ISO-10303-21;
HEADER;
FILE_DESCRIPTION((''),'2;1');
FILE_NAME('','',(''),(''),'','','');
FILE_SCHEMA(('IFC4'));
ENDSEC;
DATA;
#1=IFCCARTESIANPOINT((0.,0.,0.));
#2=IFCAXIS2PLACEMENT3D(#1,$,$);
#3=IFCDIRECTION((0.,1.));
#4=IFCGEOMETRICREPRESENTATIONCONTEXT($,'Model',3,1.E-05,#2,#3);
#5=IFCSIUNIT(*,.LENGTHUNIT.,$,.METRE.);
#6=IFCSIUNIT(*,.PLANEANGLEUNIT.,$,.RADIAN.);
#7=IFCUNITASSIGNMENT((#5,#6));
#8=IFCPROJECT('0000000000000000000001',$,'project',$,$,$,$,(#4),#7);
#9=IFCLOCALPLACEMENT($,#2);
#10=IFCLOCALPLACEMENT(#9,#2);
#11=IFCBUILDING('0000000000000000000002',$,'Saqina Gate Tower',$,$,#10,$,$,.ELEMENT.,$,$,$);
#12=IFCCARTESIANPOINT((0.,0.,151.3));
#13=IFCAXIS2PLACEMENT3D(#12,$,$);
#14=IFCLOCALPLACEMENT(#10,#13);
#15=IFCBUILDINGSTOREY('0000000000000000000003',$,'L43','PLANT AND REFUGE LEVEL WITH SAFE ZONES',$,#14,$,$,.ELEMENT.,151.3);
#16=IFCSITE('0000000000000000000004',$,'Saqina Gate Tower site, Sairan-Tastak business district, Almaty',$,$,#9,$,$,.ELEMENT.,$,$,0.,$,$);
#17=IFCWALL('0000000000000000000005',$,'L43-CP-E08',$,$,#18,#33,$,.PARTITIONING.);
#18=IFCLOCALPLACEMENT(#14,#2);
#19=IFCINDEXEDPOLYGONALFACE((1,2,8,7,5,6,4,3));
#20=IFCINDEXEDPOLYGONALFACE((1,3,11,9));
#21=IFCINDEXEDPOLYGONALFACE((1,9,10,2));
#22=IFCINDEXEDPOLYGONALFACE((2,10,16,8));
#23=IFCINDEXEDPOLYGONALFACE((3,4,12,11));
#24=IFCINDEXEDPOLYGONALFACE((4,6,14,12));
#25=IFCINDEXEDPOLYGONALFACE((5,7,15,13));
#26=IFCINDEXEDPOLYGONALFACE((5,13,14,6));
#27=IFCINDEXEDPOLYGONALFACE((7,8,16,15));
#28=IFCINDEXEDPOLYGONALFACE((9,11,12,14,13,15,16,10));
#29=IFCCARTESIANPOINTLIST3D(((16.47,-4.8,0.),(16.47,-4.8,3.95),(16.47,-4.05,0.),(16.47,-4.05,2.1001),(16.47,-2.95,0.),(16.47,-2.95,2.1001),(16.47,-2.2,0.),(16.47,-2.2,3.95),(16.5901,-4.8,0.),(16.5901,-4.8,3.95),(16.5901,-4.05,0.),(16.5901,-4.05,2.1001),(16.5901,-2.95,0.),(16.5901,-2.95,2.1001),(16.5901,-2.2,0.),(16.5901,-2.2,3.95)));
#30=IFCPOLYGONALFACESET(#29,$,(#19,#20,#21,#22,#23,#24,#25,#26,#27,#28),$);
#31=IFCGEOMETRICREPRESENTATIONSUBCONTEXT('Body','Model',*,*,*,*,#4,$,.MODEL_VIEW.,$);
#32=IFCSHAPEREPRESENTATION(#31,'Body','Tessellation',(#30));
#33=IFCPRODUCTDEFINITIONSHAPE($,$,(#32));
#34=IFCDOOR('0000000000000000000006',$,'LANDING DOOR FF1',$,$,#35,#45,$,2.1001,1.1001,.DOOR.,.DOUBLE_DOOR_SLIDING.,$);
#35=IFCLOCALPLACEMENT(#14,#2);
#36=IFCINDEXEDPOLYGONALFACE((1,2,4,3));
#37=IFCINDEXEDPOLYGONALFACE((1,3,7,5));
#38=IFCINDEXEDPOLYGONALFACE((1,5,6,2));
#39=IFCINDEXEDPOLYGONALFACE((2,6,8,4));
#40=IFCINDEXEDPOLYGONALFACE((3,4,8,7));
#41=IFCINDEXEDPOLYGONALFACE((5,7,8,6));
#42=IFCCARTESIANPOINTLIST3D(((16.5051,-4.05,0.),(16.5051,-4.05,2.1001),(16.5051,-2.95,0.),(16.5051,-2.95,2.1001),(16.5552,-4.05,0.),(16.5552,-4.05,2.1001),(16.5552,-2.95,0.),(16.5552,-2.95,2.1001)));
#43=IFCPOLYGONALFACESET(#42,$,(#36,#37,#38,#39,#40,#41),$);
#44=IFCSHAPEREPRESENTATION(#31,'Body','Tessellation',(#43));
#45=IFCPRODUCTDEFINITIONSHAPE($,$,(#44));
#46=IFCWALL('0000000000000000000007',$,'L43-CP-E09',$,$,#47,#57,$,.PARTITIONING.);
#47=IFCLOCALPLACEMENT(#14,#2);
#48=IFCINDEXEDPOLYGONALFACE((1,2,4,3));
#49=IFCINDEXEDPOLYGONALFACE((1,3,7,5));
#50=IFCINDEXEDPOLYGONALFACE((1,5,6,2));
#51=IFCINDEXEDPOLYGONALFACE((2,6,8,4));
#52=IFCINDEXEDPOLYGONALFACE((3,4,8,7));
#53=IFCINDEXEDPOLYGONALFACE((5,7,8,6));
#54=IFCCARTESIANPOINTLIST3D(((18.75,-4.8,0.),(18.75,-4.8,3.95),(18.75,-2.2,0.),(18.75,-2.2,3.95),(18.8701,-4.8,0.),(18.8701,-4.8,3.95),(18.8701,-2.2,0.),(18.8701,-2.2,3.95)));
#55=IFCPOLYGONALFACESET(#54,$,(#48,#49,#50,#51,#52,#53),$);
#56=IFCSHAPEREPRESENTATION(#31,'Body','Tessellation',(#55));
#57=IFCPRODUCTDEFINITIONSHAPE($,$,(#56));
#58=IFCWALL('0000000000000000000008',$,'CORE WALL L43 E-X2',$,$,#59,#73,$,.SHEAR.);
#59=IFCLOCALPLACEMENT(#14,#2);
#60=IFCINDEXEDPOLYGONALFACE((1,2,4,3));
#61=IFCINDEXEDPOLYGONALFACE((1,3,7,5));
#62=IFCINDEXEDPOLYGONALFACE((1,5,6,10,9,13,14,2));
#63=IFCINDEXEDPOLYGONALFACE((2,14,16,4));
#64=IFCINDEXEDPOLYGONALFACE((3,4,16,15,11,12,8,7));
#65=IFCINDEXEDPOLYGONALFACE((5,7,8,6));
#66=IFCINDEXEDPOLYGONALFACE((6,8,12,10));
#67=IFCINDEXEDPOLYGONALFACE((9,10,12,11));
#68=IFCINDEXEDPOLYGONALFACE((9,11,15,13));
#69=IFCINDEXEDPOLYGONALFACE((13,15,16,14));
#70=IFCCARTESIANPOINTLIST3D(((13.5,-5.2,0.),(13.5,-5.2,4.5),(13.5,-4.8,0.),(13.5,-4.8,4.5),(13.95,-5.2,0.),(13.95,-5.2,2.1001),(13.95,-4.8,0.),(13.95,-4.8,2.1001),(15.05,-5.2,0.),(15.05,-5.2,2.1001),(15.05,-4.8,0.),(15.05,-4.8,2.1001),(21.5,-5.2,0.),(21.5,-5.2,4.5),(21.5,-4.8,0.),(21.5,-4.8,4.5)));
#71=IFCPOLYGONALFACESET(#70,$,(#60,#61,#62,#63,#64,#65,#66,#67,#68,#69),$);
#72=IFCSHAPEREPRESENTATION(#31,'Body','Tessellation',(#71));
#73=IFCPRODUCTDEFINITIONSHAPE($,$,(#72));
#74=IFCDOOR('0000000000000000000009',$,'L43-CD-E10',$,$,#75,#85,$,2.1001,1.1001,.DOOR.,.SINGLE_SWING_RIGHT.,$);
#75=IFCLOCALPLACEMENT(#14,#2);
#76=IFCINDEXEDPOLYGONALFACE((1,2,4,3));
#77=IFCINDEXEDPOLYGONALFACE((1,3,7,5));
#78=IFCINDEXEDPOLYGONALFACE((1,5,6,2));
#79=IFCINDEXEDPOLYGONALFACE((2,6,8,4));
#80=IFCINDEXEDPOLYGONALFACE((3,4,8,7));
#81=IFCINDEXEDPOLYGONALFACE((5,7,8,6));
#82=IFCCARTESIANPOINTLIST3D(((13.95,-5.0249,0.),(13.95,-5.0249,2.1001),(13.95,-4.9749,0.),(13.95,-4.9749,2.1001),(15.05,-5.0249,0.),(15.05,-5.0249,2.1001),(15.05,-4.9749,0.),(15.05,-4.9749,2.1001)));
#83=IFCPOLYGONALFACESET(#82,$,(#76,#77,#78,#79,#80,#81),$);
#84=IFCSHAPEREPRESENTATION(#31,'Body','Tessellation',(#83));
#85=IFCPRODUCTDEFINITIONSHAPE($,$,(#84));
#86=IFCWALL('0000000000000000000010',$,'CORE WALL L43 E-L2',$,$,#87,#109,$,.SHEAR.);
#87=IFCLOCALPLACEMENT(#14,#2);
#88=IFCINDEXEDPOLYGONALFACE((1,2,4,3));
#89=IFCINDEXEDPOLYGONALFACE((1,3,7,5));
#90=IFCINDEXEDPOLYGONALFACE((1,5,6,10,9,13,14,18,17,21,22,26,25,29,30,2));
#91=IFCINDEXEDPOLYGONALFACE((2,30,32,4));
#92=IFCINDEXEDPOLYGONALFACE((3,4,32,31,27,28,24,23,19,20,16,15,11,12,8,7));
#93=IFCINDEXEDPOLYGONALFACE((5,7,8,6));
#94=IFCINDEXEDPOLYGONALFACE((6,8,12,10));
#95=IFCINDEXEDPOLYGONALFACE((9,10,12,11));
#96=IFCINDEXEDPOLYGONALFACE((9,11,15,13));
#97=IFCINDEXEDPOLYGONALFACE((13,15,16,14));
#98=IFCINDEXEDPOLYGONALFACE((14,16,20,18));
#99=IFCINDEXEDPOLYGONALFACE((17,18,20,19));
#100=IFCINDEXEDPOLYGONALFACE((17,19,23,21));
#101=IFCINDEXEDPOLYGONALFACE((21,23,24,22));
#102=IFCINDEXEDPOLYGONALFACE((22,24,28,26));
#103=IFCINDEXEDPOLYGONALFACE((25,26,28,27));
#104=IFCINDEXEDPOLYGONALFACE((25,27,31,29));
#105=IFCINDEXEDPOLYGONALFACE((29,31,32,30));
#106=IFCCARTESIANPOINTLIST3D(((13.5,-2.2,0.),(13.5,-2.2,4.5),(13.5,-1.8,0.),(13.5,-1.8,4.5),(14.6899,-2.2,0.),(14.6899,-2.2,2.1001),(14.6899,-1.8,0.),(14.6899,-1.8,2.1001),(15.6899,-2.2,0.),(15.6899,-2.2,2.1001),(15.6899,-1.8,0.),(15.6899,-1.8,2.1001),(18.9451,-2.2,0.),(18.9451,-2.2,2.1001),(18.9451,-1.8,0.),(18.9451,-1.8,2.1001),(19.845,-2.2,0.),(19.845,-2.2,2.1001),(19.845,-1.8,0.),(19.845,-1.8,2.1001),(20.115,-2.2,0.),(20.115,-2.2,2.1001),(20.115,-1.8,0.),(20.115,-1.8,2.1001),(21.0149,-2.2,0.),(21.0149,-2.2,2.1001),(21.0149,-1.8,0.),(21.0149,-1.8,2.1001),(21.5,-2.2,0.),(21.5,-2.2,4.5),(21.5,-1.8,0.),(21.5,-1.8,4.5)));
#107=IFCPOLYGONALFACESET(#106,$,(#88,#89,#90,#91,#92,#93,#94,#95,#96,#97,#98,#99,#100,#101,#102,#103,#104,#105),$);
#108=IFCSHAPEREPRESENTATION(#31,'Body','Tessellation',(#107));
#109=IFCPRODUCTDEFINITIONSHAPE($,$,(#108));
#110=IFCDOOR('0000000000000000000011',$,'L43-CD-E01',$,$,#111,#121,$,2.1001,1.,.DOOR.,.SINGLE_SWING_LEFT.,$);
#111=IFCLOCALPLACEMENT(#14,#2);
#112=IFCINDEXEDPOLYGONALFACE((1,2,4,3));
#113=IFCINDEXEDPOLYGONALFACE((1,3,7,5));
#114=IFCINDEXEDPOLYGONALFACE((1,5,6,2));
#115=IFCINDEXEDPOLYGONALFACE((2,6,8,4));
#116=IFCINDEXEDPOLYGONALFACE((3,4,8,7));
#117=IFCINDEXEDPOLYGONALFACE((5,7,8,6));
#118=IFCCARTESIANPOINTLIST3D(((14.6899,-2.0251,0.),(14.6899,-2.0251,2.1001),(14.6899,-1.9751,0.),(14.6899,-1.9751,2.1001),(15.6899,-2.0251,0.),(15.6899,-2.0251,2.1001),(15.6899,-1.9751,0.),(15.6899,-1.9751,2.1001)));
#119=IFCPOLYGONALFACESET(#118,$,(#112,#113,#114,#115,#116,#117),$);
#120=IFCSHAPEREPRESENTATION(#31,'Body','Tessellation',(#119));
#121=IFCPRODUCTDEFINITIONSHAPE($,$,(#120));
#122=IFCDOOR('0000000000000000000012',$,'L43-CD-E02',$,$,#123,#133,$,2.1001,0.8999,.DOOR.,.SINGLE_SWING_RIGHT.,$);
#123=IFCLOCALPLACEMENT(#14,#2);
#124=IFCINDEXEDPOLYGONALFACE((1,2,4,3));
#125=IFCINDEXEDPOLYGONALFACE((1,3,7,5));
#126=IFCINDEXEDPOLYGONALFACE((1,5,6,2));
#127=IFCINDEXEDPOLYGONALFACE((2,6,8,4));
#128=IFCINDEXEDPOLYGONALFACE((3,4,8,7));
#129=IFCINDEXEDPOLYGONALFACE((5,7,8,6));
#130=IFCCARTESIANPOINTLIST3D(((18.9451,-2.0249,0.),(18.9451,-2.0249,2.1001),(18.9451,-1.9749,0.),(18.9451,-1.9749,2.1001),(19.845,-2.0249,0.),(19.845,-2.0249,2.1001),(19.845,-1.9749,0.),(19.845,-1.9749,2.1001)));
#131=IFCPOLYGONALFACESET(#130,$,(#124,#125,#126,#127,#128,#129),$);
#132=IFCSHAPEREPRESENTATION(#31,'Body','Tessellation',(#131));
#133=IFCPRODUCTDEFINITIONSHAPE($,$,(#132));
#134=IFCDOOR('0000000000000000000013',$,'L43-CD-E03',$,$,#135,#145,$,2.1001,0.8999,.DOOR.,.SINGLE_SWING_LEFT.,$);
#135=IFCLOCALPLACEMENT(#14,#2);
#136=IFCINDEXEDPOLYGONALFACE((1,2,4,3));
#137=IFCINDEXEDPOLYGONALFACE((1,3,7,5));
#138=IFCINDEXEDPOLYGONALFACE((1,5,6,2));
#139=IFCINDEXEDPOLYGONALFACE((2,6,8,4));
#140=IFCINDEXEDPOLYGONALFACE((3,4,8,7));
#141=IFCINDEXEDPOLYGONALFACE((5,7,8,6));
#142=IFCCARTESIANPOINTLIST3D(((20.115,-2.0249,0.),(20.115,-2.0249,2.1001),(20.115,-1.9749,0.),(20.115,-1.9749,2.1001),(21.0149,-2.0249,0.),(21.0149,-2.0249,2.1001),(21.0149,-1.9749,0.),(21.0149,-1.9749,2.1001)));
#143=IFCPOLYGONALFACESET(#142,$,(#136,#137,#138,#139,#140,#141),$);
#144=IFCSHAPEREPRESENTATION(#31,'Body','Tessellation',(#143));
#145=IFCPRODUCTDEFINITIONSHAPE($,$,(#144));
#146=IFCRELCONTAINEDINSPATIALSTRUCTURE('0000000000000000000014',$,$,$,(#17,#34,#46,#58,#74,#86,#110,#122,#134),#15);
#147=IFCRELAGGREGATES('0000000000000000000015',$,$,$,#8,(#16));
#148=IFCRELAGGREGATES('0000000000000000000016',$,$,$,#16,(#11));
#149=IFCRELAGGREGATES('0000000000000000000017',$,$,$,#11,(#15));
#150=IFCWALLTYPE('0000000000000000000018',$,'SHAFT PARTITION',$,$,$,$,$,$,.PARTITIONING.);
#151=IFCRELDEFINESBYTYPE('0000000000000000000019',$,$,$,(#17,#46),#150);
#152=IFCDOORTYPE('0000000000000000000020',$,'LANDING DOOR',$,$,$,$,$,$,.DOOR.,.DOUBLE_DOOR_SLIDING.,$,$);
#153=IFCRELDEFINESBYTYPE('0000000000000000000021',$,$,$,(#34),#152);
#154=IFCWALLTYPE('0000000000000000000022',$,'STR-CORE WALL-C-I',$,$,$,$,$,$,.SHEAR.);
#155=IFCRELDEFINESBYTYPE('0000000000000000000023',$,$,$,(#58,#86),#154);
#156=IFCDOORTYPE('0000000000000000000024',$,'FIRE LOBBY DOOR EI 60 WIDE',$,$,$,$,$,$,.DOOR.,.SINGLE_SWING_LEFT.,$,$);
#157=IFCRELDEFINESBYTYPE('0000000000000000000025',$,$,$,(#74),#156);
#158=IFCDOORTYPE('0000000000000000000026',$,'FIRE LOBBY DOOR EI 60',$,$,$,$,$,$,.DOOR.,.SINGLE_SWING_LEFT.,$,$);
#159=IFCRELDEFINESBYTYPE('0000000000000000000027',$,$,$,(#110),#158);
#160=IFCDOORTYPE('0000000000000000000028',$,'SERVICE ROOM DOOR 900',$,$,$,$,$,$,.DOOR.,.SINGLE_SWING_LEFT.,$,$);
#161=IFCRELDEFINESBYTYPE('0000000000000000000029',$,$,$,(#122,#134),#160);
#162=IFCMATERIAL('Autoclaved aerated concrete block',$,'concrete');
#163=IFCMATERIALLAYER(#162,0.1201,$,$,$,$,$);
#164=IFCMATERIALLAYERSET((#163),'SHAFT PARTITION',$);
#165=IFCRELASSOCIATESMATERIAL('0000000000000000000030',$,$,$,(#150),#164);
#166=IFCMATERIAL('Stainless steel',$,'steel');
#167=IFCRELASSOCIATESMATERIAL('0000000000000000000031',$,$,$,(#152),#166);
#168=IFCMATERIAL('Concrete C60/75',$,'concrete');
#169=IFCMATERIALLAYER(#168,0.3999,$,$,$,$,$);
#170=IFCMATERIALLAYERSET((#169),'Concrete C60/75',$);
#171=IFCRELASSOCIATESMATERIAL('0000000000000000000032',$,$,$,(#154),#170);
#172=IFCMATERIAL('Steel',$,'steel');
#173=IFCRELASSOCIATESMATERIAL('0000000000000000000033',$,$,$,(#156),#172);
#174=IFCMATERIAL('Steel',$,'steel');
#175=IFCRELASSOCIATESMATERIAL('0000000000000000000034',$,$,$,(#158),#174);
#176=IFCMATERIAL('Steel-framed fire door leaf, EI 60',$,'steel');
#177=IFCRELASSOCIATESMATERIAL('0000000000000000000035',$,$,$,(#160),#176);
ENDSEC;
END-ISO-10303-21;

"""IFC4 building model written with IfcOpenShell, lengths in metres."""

from ifc_helpers import new_model, si_unit, direction, frame, frame_2d, origin, place, context, subcontext, project, spatial, rectangle, extrude, material, layer, layer_set, type_object, element, fill, save


model = new_model("IFC4")

# Units and contexts
model_context = context("Model", 3, precision=1e-05, world=origin(), true_north=direction((0.0, 1.0)))
body_context = subcontext(model_context, "Body", "Model", "MODEL_VIEW")
ifc_project = project(units=[si_unit("LENGTHUNIT", "METRE"), si_unit("PLANEANGLEUNIT", "RADIAN")], contexts=[model_context])

# Site, building, storey
site_placement = place(None, origin())
site = spatial("IfcSite", under=ifc_project, at=site_placement, Name="Saqina Gate Tower site, Sairan-Tastak business district, Almaty", CompositionType="ELEMENT", RefElevation=0.0)
building_placement = place(site_placement, origin())
building = spatial("IfcBuilding", under=site, at=building_placement, Name="Saqina Gate Tower", CompositionType="ELEMENT")
storey_placement = place(building_placement, frame((0.0, 0.0, 151.3)))
storey = spatial("IfcBuildingStorey", under=building, at=storey_placement, Name="L43", Description="PLANT AND REFUGE LEVEL WITH SAFE ZONES", CompositionType="ELEMENT", Elevation=151.3)

# Wall, opening, door
ifc_material_1 = material(Name="Autoclaved aerated concrete block", Category="concrete")
ifc_layer_1 = layer(ifc_material_1, 0.1201)
ifc_layer_set_1 = layer_set([ifc_layer_1], Name="SHAFT PARTITION")
wall_type_1 = type_object("IfcWallType", Name="SHAFT PARTITION", PredefinedType="PARTITIONING", material=ifc_layer_set_1)
wall_1_placement = place(storey_placement, frame((16.53, -4.8, 0.0), z_axis=(0.0, 0.0, 1.0), x_axis=(0.0, 1.0, 0.0)))
wall_1 = element("IfcWall", 1, at=wall_1_placement, inside=storey, type_object=wall_type_1, Name="L43-CP-E08", PredefinedType="PARTITIONING", context=body_context, shape_type="SweptSolid", body=[
    extrude(rectangle(XDim=2.6001, YDim=0.1201, at=frame_2d((1.3, 0.0))), origin(), (0.0, 0.0, 1.0), 3.95),
])
opening_1_placement = place(wall_1_placement, frame((0.75, 0.0, 0.0)))
opening_1 = element("IfcOpeningElement", 2, at=opening_1_placement, cuts=wall_1, PredefinedType="OPENING", context=body_context, shape_type="SweptSolid", body=[
    extrude(rectangle(XDim=1.1001, YDim=2.1001, at=frame_2d((0.55, 1.05))), frame((0.0, 0.072, 0.0), z_axis=(0.0, -1.0, 0.0), x_axis=(1.0, 0.0, 0.0)), (0.0, 0.0, 1.0), 0.144),
])
ifc_material_2 = material(Name="Stainless steel", Category="steel")
door_type_1 = type_object("IfcDoorType", Name="LANDING DOOR", OperationType="DOUBLE_DOOR_SLIDING", PredefinedType="DOOR", material=ifc_material_2)
door_1_placement = place(opening_1_placement, origin())
door_1 = element("IfcDoor", 3, at=door_1_placement, inside=storey, type_object=door_type_1, Name="LANDING DOOR FF1", OperationType="DOUBLE_DOOR_SLIDING", OverallHeight=2.1001, OverallWidth=1.1001, PredefinedType="DOOR", context=body_context, shape_type="SweptSolid", body=[
    extrude(rectangle(XDim=1.1001, YDim=2.1001, at=frame_2d((0.55, 1.05))), frame((0.0, 0.0249, 0.0), z_axis=(0.0, -1.0, 0.0), x_axis=(1.0, 0.0, 0.0)), (0.0, 0.0, 1.0), 0.05),
])
fill(opening_1, door_1)

# Wall
wall_2_placement = place(storey_placement, frame((18.8101, -4.8, 0.0), z_axis=(0.0, 0.0, 1.0), x_axis=(0.0, 1.0, 0.0)))
element("IfcWall", 4, at=wall_2_placement, inside=storey, type_object=wall_type_1, Name="L43-CP-E09", PredefinedType="PARTITIONING", context=body_context, shape_type="SweptSolid", body=[
    extrude(rectangle(XDim=2.6001, YDim=0.1201, at=frame_2d((1.3, 0.0))), origin(), (0.0, 0.0, 1.0), 3.95),
])

# Wall, opening, door
ifc_material_3 = material(Name="Concrete C60/75", Category="concrete")
ifc_layer_2 = layer(ifc_material_3, 0.3999)
ifc_layer_set_2 = layer_set([ifc_layer_2], Name="Concrete C60/75")
wall_type_2 = type_object("IfcWallType", Name="STR-CORE WALL-C-I", PredefinedType="SHEAR", material=ifc_layer_set_2)
wall_3_placement = place(storey_placement, frame((13.5, -5.0, 0.0), z_axis=(0.0, 0.0, 1.0), x_axis=(1.0, 0.0, 0.0)))
wall_3 = element("IfcWall", 5, at=wall_3_placement, inside=storey, type_object=wall_type_2, Name="CORE WALL L43 E-X2", PredefinedType="SHEAR", context=body_context, shape_type="SweptSolid", body=[
    extrude(rectangle(XDim=8.0, YDim=0.3999, at=frame_2d((4.0, 0.0))), origin(), (0.0, 0.0, 1.0), 4.5),
])
opening_2_placement = place(wall_3_placement, frame((0.45, 0.0, 0.0)))
opening_2 = element("IfcOpeningElement", 6, at=opening_2_placement, cuts=wall_3, PredefinedType="OPENING", context=body_context, shape_type="SweptSolid", body=[
    extrude(rectangle(XDim=1.1001, YDim=2.1001, at=frame_2d((0.55, 1.05))), frame((0.0, 0.2119, 0.0), z_axis=(0.0, -1.0, 0.0), x_axis=(1.0, 0.0, 0.0)), (0.0, 0.0, 1.0), 0.4238),
])
ifc_material_4 = material(Name="Steel", Category="steel")
door_type_2 = type_object("IfcDoorType", Name="FIRE LOBBY DOOR EI 60 WIDE", OperationType="SINGLE_SWING_LEFT", PredefinedType="DOOR", material=ifc_material_4)
door_2_placement = place(opening_2_placement, frame((1.1001, 0.0, 0.0), z_axis=(0.0, 0.0, 1.0), x_axis=(-1.0, 0.0, 0.0)))
door_2 = element("IfcDoor", 7, at=door_2_placement, inside=storey, type_object=door_type_2, Name="L43-CD-E10", OperationType="SINGLE_SWING_RIGHT", OverallHeight=2.1001, OverallWidth=1.1001, PredefinedType="DOOR", context=body_context, shape_type="SweptSolid", body=[
    extrude(rectangle(XDim=1.1001, YDim=2.1001, at=frame_2d((0.55, 1.05))), frame((0.0, 0.0249, 0.0), z_axis=(0.0, -1.0, 0.0), x_axis=(1.0, 0.0, 0.0)), (0.0, 0.0, 1.0), 0.05),
])
fill(opening_2, door_2)

# Wall, openings, doors
wall_4_placement = place(storey_placement, frame((13.5, -2.0, 0.0), z_axis=(0.0, 0.0, 1.0), x_axis=(1.0, 0.0, 0.0)))
wall_4 = element("IfcWall", 8, at=wall_4_placement, inside=storey, type_object=wall_type_2, Name="CORE WALL L43 E-L2", PredefinedType="SHEAR", context=body_context, shape_type="SweptSolid", body=[
    extrude(rectangle(XDim=8.0, YDim=0.3999, at=frame_2d((4.0, 0.0))), origin(), (0.0, 0.0, 1.0), 4.5),
])
opening_3_placement = place(wall_4_placement, frame((1.1899, 0.0, 0.0)))
opening_3 = element("IfcOpeningElement", 9, at=opening_3_placement, cuts=wall_4, PredefinedType="OPENING", context=body_context, shape_type="SweptSolid", body=[
    extrude(rectangle(XDim=1.0, YDim=2.1001, at=frame_2d((0.5, 1.05))), frame((0.0, 0.2119, 0.0), z_axis=(0.0, -1.0, 0.0), x_axis=(1.0, 0.0, 0.0)), (0.0, 0.0, 1.0), 0.4238),
])
opening_4_placement = place(wall_4_placement, frame((5.4451, 0.0, 0.0)))
opening_4 = element("IfcOpeningElement", 10, at=opening_4_placement, cuts=wall_4, PredefinedType="OPENING", context=body_context, shape_type="SweptSolid", body=[
    extrude(rectangle(XDim=0.8999, YDim=2.1001, at=frame_2d((0.45, 1.05))), frame((0.0, 0.2119, 0.0), z_axis=(0.0, -1.0, 0.0), x_axis=(1.0, 0.0, 0.0)), (0.0, 0.0, 1.0), 0.4238),
])
opening_5_placement = place(wall_4_placement, frame((6.615, 0.0, 0.0)))
opening_5 = element("IfcOpeningElement", 11, at=opening_5_placement, cuts=wall_4, PredefinedType="OPENING", context=body_context, shape_type="SweptSolid", body=[
    extrude(rectangle(XDim=0.8999, YDim=2.1001, at=frame_2d((0.45, 1.05))), frame((0.0, 0.2119, 0.0), z_axis=(0.0, -1.0, 0.0), x_axis=(1.0, 0.0, 0.0)), (0.0, 0.0, 1.0), 0.4238),
])
ifc_material_5 = material(Name="Steel", Category="steel")
door_type_3 = type_object("IfcDoorType", Name="FIRE LOBBY DOOR EI 60", OperationType="SINGLE_SWING_LEFT", PredefinedType="DOOR", material=ifc_material_5)
door_3_placement = place(opening_3_placement, origin())
door_3 = element("IfcDoor", 12, at=door_3_placement, inside=storey, type_object=door_type_3, Name="L43-CD-E01", OperationType="SINGLE_SWING_LEFT", OverallHeight=2.1001, OverallWidth=1.0, PredefinedType="DOOR", context=body_context, shape_type="SweptSolid", body=[
    extrude(rectangle(XDim=1.0, YDim=2.1001, at=frame_2d((0.5, 1.05))), frame((0.0, 0.0249, 0.0), z_axis=(0.0, -1.0, 0.0), x_axis=(1.0, 0.0, 0.0)), (0.0, 0.0, 1.0), 0.05),
])
fill(opening_3, door_3)
ifc_material_6 = material(Name="Steel-framed fire door leaf, EI 60", Category="steel")
door_type_4 = type_object("IfcDoorType", Name="SERVICE ROOM DOOR 900", OperationType="SINGLE_SWING_LEFT", PredefinedType="DOOR", material=ifc_material_6)
door_4_placement = place(opening_4_placement, frame((0.8999, 0.0, 0.0), z_axis=(0.0, 0.0, 1.0), x_axis=(-1.0, 0.0, 0.0)))
door_4 = element("IfcDoor", 13, at=door_4_placement, inside=storey, type_object=door_type_4, Name="L43-CD-E02", OperationType="SINGLE_SWING_RIGHT", OverallHeight=2.1001, OverallWidth=0.8999, PredefinedType="DOOR", context=body_context, shape_type="SweptSolid", body=[
    extrude(rectangle(XDim=0.8999, YDim=2.1001, at=frame_2d((0.45, 1.05))), frame((0.0, 0.0249, 0.0), z_axis=(0.0, -1.0, 0.0), x_axis=(1.0, 0.0, 0.0)), (0.0, 0.0, 1.0), 0.05),
])
fill(opening_4, door_4)
door_5_placement = place(opening_5_placement, frame((0.8999, 0.0, 0.0), z_axis=(0.0, 0.0, 1.0), x_axis=(-1.0, 0.0, 0.0)))
door_5 = element("IfcDoor", 14, at=door_5_placement, inside=storey, type_object=door_type_4, Name="L43-CD-E03", OperationType="SINGLE_SWING_LEFT", OverallHeight=2.1001, OverallWidth=0.8999, PredefinedType="DOOR", context=body_context, shape_type="SweptSolid", body=[
    extrude(rectangle(XDim=0.8999, YDim=2.1001, at=frame_2d((0.45, 1.05))), frame((0.0, 0.0249, 0.0), z_axis=(0.0, -1.0, 0.0), x_axis=(1.0, 0.0, 0.0)), (0.0, 0.0, 1.0), 0.05),
])
fill(opening_5, door_5)

save(model, "model.ifc")
